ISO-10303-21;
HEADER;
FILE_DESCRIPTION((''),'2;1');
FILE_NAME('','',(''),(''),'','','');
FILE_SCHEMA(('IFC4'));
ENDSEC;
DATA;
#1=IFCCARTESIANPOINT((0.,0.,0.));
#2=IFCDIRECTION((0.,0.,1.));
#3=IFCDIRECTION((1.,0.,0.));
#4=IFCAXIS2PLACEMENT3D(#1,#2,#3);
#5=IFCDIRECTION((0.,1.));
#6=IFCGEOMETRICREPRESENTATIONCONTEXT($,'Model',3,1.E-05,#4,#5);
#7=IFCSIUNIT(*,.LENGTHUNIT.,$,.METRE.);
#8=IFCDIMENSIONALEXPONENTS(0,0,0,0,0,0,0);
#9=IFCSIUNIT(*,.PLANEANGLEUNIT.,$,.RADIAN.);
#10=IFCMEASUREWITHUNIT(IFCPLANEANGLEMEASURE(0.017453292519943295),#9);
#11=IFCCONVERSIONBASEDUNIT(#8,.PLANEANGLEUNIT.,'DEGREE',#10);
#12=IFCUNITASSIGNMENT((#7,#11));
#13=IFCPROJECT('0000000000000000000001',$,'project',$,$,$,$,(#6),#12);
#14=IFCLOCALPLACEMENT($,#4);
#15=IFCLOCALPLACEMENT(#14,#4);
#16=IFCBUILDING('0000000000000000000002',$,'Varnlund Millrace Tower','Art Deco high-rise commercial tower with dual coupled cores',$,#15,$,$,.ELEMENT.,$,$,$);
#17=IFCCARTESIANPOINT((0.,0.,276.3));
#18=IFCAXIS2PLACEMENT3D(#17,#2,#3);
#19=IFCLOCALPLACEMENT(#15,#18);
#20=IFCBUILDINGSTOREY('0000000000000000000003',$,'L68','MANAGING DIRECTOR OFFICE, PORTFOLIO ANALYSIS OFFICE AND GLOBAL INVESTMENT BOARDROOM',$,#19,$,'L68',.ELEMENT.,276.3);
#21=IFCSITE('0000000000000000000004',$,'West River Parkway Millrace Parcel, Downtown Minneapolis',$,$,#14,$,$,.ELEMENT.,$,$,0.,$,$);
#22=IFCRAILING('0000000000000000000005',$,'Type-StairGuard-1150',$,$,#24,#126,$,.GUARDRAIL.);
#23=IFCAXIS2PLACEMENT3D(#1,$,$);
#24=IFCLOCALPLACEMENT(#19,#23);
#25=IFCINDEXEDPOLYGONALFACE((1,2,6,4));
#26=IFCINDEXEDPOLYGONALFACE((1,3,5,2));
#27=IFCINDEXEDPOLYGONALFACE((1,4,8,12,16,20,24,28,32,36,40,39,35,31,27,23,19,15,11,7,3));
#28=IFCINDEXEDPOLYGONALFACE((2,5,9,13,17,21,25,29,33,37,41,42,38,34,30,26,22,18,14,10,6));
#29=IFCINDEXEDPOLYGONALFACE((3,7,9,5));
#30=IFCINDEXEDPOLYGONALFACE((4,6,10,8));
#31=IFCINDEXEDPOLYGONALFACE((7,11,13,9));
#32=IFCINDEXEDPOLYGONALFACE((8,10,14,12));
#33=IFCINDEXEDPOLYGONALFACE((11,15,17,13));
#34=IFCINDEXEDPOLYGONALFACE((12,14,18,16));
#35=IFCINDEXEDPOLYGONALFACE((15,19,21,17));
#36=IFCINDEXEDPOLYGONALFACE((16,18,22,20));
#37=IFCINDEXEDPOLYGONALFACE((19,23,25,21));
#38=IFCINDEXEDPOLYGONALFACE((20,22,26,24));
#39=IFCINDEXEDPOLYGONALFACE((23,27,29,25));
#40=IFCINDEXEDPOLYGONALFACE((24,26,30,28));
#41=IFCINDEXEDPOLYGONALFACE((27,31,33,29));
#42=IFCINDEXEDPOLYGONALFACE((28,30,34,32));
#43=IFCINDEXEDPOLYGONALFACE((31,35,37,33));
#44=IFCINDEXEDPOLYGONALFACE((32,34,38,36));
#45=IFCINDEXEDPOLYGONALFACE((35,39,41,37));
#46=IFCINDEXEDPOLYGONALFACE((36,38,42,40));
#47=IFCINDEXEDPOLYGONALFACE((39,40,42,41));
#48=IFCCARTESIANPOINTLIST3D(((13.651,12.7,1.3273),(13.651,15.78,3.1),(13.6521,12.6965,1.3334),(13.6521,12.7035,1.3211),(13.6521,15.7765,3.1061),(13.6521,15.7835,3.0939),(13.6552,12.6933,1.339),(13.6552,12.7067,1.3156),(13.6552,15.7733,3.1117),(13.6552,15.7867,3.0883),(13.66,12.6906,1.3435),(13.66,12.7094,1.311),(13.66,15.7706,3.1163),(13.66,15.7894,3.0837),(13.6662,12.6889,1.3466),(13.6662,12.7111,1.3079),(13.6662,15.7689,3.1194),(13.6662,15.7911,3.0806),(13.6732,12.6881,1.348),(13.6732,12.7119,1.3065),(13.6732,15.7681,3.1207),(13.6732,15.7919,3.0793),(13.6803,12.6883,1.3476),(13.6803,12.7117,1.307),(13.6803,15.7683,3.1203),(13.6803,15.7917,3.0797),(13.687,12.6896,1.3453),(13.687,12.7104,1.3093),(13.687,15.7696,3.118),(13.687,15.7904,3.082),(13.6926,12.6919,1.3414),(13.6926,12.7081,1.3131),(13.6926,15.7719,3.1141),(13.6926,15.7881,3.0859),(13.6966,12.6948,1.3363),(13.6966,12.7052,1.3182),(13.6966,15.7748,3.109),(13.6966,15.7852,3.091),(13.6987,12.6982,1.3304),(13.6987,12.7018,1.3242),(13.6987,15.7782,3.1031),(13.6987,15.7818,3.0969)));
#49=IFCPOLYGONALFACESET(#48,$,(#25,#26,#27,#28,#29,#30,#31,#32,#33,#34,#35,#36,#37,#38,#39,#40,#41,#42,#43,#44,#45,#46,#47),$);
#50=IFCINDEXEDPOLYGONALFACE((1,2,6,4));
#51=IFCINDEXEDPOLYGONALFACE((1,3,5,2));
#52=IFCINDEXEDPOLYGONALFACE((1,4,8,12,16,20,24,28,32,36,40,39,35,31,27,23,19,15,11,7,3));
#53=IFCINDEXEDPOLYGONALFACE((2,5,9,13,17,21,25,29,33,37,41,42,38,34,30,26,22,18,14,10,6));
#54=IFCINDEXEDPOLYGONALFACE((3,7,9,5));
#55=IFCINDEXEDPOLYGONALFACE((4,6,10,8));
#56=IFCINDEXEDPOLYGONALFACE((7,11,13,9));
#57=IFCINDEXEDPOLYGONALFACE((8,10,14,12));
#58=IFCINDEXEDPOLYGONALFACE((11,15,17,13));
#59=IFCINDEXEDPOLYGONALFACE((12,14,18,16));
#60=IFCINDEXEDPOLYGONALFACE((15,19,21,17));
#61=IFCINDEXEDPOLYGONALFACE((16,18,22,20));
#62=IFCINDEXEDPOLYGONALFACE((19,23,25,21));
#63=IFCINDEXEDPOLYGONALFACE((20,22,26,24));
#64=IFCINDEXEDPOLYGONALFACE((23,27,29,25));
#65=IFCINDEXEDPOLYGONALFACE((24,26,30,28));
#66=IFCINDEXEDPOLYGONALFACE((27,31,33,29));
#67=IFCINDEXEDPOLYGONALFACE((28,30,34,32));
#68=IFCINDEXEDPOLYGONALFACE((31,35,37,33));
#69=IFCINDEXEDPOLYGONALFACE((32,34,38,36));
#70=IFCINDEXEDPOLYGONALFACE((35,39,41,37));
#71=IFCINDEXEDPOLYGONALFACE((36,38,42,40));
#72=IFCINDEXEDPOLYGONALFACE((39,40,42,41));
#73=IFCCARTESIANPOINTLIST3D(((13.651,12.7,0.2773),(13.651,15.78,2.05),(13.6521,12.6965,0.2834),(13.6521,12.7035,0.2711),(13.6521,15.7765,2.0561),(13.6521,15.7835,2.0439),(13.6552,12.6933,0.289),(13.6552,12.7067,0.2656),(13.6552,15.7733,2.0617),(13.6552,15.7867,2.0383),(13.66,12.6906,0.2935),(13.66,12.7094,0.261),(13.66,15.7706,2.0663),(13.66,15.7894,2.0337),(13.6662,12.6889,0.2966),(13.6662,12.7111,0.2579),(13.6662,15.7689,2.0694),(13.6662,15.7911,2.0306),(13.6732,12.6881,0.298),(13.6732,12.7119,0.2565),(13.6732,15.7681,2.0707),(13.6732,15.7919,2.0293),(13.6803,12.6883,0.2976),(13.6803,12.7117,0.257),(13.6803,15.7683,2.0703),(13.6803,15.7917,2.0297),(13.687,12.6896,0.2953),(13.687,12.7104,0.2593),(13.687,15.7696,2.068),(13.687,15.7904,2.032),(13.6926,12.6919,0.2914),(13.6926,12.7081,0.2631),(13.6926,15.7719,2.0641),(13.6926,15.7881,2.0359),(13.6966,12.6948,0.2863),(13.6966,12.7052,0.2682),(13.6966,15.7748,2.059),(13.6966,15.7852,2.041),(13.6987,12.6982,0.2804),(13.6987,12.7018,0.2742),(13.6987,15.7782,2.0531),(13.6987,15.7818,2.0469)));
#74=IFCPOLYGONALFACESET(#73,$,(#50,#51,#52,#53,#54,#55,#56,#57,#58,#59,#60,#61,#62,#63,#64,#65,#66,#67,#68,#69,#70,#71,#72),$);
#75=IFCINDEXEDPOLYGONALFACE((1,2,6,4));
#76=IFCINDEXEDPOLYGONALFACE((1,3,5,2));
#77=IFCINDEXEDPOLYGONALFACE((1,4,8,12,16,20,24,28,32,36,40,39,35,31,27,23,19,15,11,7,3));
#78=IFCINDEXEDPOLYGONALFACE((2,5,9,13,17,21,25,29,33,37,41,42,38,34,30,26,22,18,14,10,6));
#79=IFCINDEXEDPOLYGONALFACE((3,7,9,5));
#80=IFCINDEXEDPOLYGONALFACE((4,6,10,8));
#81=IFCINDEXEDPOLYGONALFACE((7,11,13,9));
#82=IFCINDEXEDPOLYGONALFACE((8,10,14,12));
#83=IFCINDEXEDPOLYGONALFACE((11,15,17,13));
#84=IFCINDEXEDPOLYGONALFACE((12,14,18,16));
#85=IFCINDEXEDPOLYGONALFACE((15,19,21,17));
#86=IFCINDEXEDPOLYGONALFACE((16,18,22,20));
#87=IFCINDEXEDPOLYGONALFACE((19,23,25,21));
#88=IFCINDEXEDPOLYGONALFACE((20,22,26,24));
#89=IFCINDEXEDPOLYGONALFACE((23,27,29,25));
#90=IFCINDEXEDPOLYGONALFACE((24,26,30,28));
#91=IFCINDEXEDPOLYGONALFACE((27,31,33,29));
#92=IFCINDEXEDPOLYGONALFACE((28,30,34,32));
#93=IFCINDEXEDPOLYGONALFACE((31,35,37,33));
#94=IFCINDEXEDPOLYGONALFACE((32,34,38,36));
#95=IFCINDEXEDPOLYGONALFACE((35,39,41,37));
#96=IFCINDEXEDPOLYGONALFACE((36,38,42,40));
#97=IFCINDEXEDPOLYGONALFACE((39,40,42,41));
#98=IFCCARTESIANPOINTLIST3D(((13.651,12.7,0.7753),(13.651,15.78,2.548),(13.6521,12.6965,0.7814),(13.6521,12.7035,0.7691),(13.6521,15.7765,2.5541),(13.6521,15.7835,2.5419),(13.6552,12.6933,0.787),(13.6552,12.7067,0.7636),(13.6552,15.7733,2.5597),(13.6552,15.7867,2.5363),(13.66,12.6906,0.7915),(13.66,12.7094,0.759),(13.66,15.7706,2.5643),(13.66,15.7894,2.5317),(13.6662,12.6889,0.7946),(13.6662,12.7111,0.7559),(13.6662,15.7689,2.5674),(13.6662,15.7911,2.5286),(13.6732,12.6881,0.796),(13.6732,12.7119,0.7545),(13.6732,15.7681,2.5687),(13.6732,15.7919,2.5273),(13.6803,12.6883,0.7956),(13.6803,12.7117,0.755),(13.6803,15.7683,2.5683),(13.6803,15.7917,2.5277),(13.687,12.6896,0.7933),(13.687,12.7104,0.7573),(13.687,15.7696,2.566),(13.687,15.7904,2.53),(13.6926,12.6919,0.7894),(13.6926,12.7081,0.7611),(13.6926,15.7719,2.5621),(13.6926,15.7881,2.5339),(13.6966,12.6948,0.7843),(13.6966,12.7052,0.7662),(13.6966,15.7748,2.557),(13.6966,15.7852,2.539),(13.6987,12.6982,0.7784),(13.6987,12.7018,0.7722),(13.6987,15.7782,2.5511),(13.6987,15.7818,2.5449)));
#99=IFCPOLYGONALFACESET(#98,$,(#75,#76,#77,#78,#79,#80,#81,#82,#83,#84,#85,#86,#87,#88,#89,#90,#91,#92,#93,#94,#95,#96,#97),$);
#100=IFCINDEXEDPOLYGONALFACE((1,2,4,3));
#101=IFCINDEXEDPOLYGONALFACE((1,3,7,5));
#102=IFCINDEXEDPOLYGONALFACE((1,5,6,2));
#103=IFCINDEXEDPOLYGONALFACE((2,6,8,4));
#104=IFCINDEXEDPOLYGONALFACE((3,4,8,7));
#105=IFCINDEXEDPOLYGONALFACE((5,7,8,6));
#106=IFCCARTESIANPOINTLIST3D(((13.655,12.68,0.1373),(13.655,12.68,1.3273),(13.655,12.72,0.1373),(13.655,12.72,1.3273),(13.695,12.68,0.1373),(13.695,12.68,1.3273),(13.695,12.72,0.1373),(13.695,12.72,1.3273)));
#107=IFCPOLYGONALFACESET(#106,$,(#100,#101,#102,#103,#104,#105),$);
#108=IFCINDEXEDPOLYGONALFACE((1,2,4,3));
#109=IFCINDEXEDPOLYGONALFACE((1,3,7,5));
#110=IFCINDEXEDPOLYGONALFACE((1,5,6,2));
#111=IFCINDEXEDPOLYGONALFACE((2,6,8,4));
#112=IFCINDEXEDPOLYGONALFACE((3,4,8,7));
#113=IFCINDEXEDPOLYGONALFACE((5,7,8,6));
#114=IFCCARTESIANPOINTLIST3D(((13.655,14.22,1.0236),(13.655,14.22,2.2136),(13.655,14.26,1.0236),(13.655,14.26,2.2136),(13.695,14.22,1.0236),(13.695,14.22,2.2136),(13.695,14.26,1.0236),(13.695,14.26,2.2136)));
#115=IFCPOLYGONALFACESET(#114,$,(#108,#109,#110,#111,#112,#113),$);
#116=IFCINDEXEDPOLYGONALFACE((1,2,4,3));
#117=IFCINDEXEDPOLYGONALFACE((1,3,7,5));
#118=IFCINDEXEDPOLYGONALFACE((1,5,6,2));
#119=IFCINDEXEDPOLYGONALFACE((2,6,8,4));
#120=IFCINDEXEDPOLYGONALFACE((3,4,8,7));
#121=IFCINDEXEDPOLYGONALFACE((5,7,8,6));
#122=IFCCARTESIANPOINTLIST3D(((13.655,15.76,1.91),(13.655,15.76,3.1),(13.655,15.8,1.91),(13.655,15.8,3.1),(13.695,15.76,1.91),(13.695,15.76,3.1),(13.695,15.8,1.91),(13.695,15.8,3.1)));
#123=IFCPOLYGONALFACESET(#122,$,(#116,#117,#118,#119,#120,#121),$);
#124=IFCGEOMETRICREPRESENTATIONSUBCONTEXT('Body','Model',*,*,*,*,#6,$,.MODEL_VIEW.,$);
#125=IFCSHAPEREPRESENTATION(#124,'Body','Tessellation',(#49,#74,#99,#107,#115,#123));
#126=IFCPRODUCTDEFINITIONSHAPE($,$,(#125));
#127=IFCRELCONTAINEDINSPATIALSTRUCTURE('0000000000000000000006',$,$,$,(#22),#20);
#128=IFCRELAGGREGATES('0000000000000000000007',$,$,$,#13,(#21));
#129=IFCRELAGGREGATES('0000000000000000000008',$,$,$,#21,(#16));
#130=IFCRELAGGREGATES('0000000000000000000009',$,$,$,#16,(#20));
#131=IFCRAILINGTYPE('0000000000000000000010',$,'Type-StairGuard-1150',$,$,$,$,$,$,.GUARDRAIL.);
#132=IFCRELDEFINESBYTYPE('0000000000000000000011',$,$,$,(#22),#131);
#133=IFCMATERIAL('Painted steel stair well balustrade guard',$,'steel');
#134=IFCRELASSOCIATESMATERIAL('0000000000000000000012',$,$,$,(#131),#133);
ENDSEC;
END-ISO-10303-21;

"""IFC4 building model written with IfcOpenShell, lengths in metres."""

from ifc_helpers import new_model, entity, si_unit, converted_unit, direction, frame, origin_with_axes, origin_2d_with_axis, place, context, subcontext, project, spatial, rectangle, circle, extrude, material, type_object, element, save


model = new_model("IFC4")

# Units and contexts
model_context = context("Model", 3, precision=1e-05, world=origin_with_axes(), true_north=direction((0.0, 1.0)))
body_context = subcontext(model_context, "Body", "Model", "MODEL_VIEW")
ifc_project = project(units=[si_unit("LENGTHUNIT", "METRE"), converted_unit("PLANEANGLEUNIT", "DEGREE", entity("IfcPlaneAngleMeasure", 0.017453292519943295), si_unit("PLANEANGLEUNIT", "RADIAN"), dimensions=[0, 0, 0, 0, 0, 0, 0])], contexts=[model_context])

# Site, building, storey
site_placement = place(None, origin_with_axes())
site = spatial("IfcSite", under=ifc_project, at=site_placement, Name="West River Parkway Millrace Parcel, Downtown Minneapolis", CompositionType="ELEMENT", RefElevation=0.0)
building_placement = place(site_placement, origin_with_axes())
building = spatial("IfcBuilding", under=site, at=building_placement, Name="Varnlund Millrace Tower", Description="Art Deco high-rise commercial tower with dual coupled cores", CompositionType="ELEMENT")
storey_placement = place(building_placement, frame((0.0, 0.0, 276.3), z_axis=(0.0, 0.0, 1.0), x_axis=(1.0, 0.0, 0.0)))
storey = spatial("IfcBuildingStorey", under=building, at=storey_placement, Name="L68", Description="MANAGING DIRECTOR OFFICE, PORTFOLIO ANALYSIS OFFICE AND GLOBAL INVESTMENT BOARDROOM", LongName="L68", CompositionType="ELEMENT", Elevation=276.3)

# Railing
ifc_material_1 = material(Name="Painted steel stair well balustrade guard", Category="steel")
railing_type_1 = type_object("IfcRailingType", Name="Type-StairGuard-1150", PredefinedType="GUARDRAIL", material=ifc_material_1)
railing_1_placement = place(storey_placement, frame((0.0, 0.0, -276.3), z_axis=(0.0, 0.0, 1.0), x_axis=(1.0, 0.0, 0.0)))
element("IfcRailing", 1, at=railing_1_placement, inside=storey, type_object=railing_type_1, Name="Type-StairGuard-1150", PredefinedType="GUARDRAIL", context=body_context, shape_type="SweptSolid", body=[
    extrude(circle(Radius=0.024, at=origin_2d_with_axis()), frame((13.675, 12.7, 277.6273), z_axis=(0.0, 0.866696, 0.498836), x_axis=(-1.0, 0.0, 0.0)), (0.0, 0.0, 1.0), 3.5537),
    extrude(circle(Radius=0.024, at=origin_2d_with_axis()), frame((13.675, 12.7, 276.5773), z_axis=(0.0, 0.866696, 0.498836), x_axis=(-1.0, 0.0, 0.0)), (0.0, 0.0, 1.0), 3.5537),
    extrude(circle(Radius=0.024, at=origin_2d_with_axis()), frame((13.675, 12.7, 277.0753), z_axis=(0.0, 0.866696, 0.498836), x_axis=(-1.0, 0.0, 0.0)), (0.0, 0.0, 1.0), 3.5537),
    extrude(rectangle(XDim=0.04, YDim=0.04, at=origin_2d_with_axis()), frame((13.675, 12.7, 276.4373), z_axis=(0.0, 0.0, 1.0), x_axis=(1.0, 0.0, 0.0)), (0.0, 0.0, 1.0), 1.19),
    extrude(rectangle(XDim=0.04, YDim=0.04, at=origin_2d_with_axis()), frame((13.675, 14.24, 277.3236), z_axis=(0.0, 0.0, 1.0), x_axis=(1.0, 0.0, 0.0)), (0.0, 0.0, 1.0), 1.19),
    extrude(rectangle(XDim=0.04, YDim=0.04, at=origin_2d_with_axis()), frame((13.675, 15.78, 278.21), z_axis=(0.0, 0.0, 1.0), x_axis=(1.0, 0.0, 0.0)), (0.0, 0.0, 1.0), 1.19),
])

save(model, "model.ifc")
